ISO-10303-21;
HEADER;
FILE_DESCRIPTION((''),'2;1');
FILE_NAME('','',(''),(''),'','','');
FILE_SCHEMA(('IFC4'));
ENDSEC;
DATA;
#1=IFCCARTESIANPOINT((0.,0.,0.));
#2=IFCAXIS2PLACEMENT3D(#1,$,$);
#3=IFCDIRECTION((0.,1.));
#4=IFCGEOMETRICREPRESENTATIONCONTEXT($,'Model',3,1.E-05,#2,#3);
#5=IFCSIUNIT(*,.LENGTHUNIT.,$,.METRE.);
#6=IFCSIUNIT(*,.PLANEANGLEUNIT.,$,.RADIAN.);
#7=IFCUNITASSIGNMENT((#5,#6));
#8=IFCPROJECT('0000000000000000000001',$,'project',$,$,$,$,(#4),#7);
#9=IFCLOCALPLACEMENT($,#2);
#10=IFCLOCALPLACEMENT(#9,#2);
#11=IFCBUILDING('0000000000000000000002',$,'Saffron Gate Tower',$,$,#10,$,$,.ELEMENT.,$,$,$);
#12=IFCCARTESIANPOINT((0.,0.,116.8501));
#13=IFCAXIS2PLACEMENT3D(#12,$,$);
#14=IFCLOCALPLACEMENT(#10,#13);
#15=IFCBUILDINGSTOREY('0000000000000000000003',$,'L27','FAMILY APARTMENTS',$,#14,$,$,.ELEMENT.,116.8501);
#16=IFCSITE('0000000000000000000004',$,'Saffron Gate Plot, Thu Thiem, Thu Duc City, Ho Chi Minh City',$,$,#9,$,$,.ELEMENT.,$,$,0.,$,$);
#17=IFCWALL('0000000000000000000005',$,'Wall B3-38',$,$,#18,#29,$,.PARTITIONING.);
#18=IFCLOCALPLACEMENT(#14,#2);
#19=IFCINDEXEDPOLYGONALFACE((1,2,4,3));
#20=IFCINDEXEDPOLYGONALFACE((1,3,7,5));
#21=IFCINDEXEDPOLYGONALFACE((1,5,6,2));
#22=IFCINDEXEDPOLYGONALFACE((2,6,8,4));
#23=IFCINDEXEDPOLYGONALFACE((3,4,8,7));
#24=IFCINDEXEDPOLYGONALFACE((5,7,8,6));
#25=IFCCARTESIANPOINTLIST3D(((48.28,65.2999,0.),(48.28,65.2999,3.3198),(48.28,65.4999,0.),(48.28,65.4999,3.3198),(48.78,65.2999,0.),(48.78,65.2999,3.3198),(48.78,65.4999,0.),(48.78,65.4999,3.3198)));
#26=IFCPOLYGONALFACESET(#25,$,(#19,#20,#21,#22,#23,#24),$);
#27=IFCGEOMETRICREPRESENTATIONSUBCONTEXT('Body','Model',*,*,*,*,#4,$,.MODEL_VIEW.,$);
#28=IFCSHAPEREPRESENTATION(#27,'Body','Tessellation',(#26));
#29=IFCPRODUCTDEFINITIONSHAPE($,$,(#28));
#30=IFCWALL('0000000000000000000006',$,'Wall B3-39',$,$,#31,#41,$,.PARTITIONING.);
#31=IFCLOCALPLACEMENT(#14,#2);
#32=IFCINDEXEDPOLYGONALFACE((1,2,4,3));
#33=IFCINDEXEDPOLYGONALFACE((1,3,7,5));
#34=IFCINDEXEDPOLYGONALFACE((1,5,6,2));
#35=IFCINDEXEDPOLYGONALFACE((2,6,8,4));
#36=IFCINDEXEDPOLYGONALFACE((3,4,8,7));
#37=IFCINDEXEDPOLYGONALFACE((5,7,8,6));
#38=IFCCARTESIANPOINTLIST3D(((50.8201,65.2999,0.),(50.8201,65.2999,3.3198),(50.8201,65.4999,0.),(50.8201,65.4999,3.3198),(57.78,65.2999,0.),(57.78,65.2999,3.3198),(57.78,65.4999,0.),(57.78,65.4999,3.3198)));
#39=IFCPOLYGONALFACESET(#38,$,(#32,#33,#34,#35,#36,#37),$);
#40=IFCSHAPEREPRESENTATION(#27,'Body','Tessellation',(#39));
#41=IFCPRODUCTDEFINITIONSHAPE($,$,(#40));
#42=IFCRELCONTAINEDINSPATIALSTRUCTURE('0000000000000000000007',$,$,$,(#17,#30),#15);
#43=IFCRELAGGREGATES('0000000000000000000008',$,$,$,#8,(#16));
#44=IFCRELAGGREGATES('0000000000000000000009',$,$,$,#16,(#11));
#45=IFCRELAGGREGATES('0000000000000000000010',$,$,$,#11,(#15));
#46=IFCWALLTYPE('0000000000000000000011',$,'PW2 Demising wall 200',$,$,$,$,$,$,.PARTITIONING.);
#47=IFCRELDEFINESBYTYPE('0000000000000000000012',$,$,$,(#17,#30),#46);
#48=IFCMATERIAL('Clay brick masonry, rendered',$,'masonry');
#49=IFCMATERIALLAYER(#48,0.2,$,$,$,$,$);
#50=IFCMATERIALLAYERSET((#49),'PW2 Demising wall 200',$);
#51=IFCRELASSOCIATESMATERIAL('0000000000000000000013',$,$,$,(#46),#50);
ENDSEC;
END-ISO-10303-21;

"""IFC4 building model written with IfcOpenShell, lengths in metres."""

from ifc_helpers import new_model, si_unit, direction, frame, frame_2d, origin, place, context, subcontext, project, spatial, rectangle, extrude, material, layer, layer_set, type_object, element, save


model = new_model("IFC4")

# Units and contexts
model_context = context("Model", 3, precision=1e-05, world=origin(), true_north=direction((0.0, 1.0)))
body_context = subcontext(model_context, "Body", "Model", "MODEL_VIEW")
ifc_project = project(units=[si_unit("LENGTHUNIT", "METRE"), si_unit("PLANEANGLEUNIT", "RADIAN")], contexts=[model_context])

# Site, building, storey
site_placement = place(None, origin())
site = spatial("IfcSite", under=ifc_project, at=site_placement, Name="Saffron Gate Plot, Thu Thiem, Thu Duc City, Ho Chi Minh City", CompositionType="ELEMENT", RefElevation=0.0)
building_placement = place(site_placement, origin())
building = spatial("IfcBuilding", under=site, at=building_placement, Name="Saffron Gate Tower", CompositionType="ELEMENT")
storey_placement = place(building_placement, frame((0.0, 0.0, 116.8501)))
storey = spatial("IfcBuildingStorey", under=building, at=storey_placement, Name="L27", Description="FAMILY APARTMENTS", CompositionType="ELEMENT", Elevation=116.8501)

# Walls
ifc_material_1 = material(Name="Clay brick masonry, rendered", Category="masonry")
ifc_layer_1 = layer(ifc_material_1, 0.2)
ifc_layer_set_1 = layer_set([ifc_layer_1], Name="PW2 Demising wall 200")
wall_type_1 = type_object("IfcWallType", Name="PW2 Demising wall 200", PredefinedType="PARTITIONING", material=ifc_layer_set_1)
wall_1_placement = place(storey_placement, frame((48.28, 65.3999, 0.0), z_axis=(0.0, 0.0, 1.0), x_axis=(1.0, 0.0, 0.0)))
element("IfcWall", 1, at=wall_1_placement, inside=storey, type_object=wall_type_1, Name="Wall B3-38", PredefinedType="PARTITIONING", context=body_context, shape_type="SweptSolid", body=[
    extrude(rectangle(XDim=0.5, YDim=0.2, at=frame_2d((0.25, 0.0))), origin(), (0.0, 0.0, 1.0), 3.3198),
])
wall_2_placement = place(storey_placement, frame((50.8201, 65.3999, 0.0), z_axis=(0.0, 0.0, 1.0), x_axis=(1.0, 0.0, 0.0)))
element("IfcWall", 2, at=wall_2_placement, inside=storey, type_object=wall_type_1, Name="Wall B3-39", PredefinedType="PARTITIONING", context=body_context, shape_type="SweptSolid", body=[
    extrude(rectangle(XDim=6.96, YDim=0.2, at=frame_2d((3.48, 0.0))), origin(), (0.0, 0.0, 1.0), 3.3198),
])

save(model, "model.ifc")
